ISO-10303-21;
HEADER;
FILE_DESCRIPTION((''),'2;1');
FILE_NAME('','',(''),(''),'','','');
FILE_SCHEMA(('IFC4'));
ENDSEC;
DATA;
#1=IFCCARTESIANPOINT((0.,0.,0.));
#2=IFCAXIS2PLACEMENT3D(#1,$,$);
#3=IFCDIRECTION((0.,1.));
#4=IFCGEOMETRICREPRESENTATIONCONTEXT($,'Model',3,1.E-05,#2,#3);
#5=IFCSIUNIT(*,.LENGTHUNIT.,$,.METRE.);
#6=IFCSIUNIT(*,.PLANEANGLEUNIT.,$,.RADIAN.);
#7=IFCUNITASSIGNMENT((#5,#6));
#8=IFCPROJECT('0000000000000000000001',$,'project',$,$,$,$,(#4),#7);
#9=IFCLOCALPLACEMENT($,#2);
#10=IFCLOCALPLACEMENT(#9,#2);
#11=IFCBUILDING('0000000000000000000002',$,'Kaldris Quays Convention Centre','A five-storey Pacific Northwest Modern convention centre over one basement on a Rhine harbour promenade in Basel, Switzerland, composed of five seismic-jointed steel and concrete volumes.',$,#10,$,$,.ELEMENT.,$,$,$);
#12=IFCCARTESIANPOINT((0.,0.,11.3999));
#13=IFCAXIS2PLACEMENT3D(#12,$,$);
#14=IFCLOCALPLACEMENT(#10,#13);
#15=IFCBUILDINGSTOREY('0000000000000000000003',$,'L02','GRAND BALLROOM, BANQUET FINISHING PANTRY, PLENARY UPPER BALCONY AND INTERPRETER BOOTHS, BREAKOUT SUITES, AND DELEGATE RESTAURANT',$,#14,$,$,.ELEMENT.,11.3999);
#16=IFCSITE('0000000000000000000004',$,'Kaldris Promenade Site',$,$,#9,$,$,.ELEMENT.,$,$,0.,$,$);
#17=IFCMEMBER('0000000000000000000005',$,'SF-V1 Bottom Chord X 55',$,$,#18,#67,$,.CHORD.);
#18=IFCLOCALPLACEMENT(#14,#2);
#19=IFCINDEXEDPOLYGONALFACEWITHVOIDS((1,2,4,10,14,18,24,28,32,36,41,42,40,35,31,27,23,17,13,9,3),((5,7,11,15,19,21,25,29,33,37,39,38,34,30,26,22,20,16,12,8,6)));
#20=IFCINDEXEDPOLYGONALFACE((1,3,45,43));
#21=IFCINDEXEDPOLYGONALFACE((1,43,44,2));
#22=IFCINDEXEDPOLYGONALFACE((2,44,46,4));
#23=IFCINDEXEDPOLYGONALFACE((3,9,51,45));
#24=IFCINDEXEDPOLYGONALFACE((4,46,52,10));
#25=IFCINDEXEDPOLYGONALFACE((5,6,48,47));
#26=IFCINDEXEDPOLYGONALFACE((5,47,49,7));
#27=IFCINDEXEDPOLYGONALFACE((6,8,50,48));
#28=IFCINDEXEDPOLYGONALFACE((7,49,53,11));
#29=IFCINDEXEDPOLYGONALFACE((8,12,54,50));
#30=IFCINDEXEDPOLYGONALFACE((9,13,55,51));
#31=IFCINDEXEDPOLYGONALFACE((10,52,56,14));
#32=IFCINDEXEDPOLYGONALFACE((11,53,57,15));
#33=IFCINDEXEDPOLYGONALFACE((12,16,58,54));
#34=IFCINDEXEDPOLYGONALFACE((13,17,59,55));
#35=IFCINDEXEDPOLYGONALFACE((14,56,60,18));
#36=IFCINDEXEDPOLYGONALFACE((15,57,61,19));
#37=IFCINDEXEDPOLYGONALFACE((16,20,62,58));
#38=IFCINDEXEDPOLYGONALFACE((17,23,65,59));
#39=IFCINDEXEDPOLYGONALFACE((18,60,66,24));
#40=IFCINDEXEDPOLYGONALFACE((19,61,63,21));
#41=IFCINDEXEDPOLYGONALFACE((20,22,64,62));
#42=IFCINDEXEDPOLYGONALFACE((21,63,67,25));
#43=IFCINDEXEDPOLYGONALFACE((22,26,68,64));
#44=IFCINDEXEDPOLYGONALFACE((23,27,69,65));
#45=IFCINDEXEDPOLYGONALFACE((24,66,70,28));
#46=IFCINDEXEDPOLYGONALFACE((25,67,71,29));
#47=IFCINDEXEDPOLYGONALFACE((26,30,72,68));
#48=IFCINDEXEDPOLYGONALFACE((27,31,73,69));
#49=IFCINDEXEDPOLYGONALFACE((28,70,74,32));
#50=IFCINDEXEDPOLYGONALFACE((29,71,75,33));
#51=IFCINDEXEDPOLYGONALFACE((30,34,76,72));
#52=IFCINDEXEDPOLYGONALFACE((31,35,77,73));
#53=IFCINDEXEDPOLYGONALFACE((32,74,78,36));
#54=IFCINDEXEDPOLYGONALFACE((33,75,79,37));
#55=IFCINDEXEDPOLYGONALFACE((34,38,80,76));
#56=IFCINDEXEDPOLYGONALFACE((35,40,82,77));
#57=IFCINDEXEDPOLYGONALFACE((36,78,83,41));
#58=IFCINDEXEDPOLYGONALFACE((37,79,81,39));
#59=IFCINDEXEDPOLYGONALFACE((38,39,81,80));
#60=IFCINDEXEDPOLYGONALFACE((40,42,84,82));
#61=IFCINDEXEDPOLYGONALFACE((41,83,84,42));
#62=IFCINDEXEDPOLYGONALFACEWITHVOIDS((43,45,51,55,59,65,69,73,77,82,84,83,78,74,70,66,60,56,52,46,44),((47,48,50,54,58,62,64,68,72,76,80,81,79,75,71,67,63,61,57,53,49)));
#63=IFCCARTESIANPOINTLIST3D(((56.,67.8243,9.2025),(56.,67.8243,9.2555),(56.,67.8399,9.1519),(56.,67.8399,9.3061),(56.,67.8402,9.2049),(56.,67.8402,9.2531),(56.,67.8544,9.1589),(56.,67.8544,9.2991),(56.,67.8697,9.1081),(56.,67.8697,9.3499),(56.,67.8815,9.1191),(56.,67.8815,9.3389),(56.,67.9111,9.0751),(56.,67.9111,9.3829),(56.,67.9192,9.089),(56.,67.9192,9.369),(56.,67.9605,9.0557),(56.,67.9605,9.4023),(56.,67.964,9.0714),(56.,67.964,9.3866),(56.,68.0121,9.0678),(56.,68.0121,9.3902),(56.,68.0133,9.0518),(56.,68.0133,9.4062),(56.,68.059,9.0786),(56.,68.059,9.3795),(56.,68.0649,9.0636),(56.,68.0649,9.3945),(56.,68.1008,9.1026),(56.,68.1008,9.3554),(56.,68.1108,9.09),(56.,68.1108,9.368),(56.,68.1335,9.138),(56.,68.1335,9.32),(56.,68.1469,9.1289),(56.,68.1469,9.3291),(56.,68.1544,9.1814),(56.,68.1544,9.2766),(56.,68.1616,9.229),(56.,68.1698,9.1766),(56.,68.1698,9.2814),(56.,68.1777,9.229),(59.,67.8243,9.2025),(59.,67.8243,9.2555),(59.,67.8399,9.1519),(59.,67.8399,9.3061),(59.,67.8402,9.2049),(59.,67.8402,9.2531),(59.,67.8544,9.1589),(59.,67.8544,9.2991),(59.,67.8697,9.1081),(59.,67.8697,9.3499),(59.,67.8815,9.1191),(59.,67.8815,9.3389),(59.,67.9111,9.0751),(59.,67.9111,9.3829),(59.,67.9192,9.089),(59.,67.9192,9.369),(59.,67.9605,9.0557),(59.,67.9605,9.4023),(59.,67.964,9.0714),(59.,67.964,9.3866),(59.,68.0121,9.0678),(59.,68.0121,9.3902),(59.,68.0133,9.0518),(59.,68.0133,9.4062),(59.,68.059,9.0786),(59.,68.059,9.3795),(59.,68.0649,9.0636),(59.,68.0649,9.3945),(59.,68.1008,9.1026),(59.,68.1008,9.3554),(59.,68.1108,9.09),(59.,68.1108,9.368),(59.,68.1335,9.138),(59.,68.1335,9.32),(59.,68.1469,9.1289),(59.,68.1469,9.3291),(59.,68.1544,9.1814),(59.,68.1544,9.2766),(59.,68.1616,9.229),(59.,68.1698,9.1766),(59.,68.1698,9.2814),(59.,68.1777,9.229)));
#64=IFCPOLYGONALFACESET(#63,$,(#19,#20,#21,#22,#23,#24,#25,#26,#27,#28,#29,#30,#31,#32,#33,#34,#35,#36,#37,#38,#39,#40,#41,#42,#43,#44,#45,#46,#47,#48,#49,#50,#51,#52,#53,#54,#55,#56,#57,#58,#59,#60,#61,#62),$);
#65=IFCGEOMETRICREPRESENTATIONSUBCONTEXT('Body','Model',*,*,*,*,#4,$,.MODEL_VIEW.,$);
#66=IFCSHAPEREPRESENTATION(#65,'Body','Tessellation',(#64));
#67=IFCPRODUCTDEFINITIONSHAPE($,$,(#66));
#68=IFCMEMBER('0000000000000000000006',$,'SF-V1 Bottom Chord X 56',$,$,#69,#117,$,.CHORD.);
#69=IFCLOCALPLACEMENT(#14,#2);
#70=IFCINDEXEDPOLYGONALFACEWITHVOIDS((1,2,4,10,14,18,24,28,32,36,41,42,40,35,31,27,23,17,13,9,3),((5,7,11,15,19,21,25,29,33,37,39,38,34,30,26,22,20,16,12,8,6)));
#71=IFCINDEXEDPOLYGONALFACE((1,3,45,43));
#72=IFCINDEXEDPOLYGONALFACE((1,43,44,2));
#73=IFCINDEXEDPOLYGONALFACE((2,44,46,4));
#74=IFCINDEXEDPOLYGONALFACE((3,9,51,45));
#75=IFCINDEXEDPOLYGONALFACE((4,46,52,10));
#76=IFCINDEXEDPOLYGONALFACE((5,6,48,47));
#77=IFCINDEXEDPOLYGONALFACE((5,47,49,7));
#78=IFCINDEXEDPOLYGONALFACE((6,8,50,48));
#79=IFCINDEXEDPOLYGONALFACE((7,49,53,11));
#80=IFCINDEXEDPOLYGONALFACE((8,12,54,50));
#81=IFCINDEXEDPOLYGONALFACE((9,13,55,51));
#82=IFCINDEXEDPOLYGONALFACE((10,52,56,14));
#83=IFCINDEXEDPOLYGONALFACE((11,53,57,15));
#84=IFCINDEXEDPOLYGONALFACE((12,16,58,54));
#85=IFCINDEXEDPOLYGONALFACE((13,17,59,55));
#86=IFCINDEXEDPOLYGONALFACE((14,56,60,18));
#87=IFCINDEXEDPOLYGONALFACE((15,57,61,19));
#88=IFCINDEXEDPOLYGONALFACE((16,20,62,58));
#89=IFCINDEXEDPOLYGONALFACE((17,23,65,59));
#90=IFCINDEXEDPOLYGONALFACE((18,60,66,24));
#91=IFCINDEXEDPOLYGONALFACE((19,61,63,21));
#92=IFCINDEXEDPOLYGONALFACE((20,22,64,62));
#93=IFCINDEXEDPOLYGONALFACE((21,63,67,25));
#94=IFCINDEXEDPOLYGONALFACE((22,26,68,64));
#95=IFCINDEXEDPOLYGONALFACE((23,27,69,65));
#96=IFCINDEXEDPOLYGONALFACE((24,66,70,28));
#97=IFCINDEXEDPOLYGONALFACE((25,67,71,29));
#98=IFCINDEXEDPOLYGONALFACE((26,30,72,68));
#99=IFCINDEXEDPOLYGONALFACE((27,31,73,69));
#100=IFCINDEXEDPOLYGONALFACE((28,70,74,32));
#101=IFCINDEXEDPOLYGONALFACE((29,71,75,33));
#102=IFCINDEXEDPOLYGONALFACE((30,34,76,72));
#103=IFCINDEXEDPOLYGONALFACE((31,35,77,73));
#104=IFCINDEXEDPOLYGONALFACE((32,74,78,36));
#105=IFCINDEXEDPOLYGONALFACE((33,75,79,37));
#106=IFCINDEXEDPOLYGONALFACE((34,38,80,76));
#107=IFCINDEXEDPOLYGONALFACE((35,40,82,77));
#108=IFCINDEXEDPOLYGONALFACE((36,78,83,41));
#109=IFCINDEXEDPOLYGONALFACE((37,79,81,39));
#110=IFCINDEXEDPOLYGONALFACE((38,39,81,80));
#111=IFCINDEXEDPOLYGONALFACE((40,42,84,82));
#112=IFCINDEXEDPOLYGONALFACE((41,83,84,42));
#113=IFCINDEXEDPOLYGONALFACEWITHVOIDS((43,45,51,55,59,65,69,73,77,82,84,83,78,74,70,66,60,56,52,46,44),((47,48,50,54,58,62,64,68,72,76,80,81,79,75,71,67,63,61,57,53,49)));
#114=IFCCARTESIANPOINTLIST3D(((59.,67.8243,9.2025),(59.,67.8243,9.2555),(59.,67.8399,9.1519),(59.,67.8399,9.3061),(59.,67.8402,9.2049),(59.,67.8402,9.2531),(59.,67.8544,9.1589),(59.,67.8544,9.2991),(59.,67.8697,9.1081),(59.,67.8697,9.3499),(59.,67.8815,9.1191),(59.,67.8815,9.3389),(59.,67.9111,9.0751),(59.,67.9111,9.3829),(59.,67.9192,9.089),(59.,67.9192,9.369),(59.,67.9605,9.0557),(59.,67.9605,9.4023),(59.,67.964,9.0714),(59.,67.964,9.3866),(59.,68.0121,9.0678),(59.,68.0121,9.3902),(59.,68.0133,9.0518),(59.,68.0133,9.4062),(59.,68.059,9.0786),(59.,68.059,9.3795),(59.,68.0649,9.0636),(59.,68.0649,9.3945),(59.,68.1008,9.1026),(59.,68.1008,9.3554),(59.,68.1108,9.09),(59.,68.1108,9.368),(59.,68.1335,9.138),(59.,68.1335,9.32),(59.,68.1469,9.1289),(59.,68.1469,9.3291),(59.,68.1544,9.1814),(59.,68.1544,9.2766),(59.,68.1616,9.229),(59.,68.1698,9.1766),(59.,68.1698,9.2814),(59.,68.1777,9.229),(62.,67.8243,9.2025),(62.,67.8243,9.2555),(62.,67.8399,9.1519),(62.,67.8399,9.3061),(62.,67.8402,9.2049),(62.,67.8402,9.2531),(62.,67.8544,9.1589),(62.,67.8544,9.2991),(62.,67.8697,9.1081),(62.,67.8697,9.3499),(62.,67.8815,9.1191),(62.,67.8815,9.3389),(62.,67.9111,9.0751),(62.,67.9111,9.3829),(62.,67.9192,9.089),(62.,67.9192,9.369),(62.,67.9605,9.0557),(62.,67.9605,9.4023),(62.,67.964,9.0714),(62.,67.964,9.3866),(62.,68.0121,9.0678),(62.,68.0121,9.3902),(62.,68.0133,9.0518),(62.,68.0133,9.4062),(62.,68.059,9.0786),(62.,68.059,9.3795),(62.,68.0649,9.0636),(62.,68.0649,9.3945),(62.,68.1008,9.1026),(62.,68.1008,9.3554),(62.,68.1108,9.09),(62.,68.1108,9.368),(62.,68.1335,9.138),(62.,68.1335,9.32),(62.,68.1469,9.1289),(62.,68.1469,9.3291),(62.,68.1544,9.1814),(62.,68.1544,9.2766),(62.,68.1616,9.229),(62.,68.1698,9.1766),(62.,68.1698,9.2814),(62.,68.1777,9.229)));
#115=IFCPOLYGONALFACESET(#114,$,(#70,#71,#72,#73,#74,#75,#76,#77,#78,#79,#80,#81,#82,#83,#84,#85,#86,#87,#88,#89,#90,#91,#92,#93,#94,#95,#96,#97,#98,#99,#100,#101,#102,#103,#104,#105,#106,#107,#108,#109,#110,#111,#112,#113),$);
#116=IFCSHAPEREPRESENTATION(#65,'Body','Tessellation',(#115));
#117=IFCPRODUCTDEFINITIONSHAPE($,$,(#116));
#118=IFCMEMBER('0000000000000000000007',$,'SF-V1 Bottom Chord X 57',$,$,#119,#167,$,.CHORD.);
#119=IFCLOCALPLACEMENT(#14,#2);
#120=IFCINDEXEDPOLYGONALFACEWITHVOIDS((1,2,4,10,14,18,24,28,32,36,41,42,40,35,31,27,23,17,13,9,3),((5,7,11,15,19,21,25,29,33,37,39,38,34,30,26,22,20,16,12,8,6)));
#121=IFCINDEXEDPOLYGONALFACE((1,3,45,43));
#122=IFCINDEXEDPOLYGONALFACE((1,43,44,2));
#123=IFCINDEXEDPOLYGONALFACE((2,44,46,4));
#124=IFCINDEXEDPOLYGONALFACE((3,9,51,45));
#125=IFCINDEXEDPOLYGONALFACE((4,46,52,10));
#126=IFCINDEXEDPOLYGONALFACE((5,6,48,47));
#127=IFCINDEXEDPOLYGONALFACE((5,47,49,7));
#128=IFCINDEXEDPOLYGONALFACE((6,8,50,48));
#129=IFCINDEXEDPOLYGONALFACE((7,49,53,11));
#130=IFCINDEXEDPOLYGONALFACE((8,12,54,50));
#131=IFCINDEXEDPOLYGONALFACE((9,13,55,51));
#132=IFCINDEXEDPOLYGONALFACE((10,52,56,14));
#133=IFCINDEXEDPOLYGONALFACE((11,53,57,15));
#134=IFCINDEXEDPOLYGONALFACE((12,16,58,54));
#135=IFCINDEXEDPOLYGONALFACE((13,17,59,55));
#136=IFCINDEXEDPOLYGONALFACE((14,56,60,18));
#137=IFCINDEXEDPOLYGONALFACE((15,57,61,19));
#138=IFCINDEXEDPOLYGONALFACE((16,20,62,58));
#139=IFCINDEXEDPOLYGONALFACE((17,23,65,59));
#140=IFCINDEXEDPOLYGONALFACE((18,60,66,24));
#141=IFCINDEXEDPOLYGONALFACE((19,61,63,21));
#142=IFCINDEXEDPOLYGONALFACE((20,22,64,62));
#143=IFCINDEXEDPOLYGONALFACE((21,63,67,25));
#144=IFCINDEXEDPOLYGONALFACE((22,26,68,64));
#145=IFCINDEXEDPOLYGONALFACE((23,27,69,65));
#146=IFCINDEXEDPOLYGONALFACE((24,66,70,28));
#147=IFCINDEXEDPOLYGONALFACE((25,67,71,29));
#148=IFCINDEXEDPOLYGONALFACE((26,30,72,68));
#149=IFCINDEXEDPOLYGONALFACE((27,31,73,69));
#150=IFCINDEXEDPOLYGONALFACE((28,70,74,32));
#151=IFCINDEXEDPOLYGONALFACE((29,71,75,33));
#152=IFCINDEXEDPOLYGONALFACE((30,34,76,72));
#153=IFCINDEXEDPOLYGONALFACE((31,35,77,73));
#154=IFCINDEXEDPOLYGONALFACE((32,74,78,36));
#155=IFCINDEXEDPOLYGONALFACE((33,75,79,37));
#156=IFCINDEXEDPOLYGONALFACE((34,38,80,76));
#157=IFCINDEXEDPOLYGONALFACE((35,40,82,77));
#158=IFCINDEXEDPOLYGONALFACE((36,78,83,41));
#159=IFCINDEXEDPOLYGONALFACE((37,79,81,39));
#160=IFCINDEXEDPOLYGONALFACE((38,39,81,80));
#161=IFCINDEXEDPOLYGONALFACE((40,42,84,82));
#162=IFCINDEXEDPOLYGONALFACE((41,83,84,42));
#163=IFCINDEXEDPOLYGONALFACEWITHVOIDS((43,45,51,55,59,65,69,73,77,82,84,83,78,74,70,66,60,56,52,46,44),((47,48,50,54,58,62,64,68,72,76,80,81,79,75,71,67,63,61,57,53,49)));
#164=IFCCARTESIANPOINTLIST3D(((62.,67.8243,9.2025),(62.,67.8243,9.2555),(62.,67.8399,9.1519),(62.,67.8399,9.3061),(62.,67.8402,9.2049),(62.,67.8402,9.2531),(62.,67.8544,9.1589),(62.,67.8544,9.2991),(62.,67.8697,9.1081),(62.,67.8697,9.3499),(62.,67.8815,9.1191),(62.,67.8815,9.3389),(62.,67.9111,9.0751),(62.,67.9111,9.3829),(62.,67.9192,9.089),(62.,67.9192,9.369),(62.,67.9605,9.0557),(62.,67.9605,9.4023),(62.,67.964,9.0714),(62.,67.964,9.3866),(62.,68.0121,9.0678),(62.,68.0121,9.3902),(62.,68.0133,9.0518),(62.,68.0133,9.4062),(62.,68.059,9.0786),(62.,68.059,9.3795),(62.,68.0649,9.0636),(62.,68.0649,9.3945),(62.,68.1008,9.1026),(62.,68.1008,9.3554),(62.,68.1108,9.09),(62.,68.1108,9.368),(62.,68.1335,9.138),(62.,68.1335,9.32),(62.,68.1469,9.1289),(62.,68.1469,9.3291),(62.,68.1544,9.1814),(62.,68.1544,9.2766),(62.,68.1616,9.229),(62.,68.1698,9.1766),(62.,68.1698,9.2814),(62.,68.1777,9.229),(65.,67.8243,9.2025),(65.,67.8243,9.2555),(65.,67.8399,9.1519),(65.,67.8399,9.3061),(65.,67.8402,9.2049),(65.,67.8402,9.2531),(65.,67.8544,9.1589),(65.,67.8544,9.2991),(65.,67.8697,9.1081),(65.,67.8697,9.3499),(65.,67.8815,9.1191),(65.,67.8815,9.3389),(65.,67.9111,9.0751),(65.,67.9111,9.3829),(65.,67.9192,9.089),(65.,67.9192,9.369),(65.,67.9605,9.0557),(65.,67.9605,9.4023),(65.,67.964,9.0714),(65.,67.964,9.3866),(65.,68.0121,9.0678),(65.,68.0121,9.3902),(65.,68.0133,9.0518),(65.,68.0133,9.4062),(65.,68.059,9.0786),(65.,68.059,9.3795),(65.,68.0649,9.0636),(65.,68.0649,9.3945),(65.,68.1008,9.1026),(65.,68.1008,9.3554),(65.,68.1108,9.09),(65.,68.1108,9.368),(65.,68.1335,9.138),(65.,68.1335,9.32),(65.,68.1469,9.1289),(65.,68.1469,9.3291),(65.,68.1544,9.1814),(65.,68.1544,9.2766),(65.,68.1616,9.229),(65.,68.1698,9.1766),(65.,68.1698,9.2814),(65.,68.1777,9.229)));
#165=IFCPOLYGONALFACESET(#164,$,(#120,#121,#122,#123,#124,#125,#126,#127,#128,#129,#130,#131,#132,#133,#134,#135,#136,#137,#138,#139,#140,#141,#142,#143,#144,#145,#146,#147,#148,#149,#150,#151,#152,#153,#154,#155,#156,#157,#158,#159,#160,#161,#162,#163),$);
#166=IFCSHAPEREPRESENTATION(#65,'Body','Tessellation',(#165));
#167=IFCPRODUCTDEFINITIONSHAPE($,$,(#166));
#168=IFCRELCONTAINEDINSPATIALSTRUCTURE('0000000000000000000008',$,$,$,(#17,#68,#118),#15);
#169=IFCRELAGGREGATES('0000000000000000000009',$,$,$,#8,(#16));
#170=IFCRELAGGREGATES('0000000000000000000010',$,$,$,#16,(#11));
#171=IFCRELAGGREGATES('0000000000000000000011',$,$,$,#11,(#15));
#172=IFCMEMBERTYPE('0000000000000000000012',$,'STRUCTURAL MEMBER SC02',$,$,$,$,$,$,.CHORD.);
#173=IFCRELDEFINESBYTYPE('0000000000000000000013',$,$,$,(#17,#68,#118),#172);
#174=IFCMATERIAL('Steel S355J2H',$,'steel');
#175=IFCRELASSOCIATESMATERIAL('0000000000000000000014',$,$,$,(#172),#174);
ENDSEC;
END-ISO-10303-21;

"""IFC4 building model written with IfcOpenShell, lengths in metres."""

from ifc_helpers import new_model, si_unit, direction, frame, origin, origin_2d, place, context, subcontext, project, spatial, hollow_circle, extrude, material, material_profile, profile_set, type_object, element, save


model = new_model("IFC4")

# Units and contexts
model_context = context("Model", 3, precision=1e-05, world=origin(), true_north=direction((0.0, 1.0)))
body_context = subcontext(model_context, "Body", "Model", "MODEL_VIEW")
ifc_project = project(units=[si_unit("LENGTHUNIT", "METRE"), si_unit("PLANEANGLEUNIT", "RADIAN")], contexts=[model_context])

# Site, building, storey
site_placement = place(None, origin())
site = spatial("IfcSite", under=ifc_project, at=site_placement, Name="Kaldris Promenade Site", CompositionType="ELEMENT", RefElevation=0.0)
building_placement = place(site_placement, origin())
building = spatial("IfcBuilding", under=site, at=building_placement, Name="Kaldris Quays Convention Centre", Description="A five-storey Pacific Northwest Modern convention centre over one basement on a Rhine harbour promenade in Basel, Switzerland, composed of five seismic-jointed steel and concrete volumes.", CompositionType="ELEMENT")
storey_placement = place(building_placement, frame((0.0, 0.0, 11.3999)))
storey = spatial("IfcBuildingStorey", under=building, at=storey_placement, Name="L02", Description="GRAND BALLROOM, BANQUET FINISHING PANTRY, PLENARY UPPER BALCONY AND INTERPRETER BOOTHS, BREAKOUT SUITES, AND DELEGATE RESTAURANT", CompositionType="ELEMENT", Elevation=11.3999)

# Members
ifc_material = material(Name="Steel S355J2H", Category="steel")
ifc_material_profile_1 = material_profile(ifc_material, hollow_circle(Radius=0.1777, WallThickness=0.0161, at=origin_2d()), Name="CHS 355.6x16")
ifc_profile_set_1 = profile_set([ifc_material_profile_1], Name="Steel S355J2H")
member_type_1 = type_object("IfcMemberType", Name="STRUCTURAL MEMBER SC02", PredefinedType="CHORD", material=ifc_profile_set_1)
for number, where, z_axis, x_axis, name in (
    (1, (56.0, 68.0, 9.229), (1.0, 0.0, 0.0), (0.0, 1.0, 0.0), "SF-V1 Bottom Chord X 55"),
    (2, (59.0, 68.0, 9.229), (1.0, 0.0, 0.0), (0.0, 1.0, 0.0), "SF-V1 Bottom Chord X 56"),
    (3, (62.0, 68.0, 9.229), (1.0, 0.0, 0.0), (0.0, 1.0, 0.0), "SF-V1 Bottom Chord X 57"),
):
    element("IfcMember", number, at=place(storey_placement, frame(where, z_axis=z_axis, x_axis=x_axis)), inside=storey, type_object=member_type_1, Name=name, PredefinedType="CHORD", context=body_context, shape_type="SweptSolid", body=[
        extrude(hollow_circle(Radius=0.1777, WallThickness=0.0161, at=origin_2d()), origin(), (0.0, 0.0, 1.0), 3.0),
    ])

save(model, "model.ifc")
